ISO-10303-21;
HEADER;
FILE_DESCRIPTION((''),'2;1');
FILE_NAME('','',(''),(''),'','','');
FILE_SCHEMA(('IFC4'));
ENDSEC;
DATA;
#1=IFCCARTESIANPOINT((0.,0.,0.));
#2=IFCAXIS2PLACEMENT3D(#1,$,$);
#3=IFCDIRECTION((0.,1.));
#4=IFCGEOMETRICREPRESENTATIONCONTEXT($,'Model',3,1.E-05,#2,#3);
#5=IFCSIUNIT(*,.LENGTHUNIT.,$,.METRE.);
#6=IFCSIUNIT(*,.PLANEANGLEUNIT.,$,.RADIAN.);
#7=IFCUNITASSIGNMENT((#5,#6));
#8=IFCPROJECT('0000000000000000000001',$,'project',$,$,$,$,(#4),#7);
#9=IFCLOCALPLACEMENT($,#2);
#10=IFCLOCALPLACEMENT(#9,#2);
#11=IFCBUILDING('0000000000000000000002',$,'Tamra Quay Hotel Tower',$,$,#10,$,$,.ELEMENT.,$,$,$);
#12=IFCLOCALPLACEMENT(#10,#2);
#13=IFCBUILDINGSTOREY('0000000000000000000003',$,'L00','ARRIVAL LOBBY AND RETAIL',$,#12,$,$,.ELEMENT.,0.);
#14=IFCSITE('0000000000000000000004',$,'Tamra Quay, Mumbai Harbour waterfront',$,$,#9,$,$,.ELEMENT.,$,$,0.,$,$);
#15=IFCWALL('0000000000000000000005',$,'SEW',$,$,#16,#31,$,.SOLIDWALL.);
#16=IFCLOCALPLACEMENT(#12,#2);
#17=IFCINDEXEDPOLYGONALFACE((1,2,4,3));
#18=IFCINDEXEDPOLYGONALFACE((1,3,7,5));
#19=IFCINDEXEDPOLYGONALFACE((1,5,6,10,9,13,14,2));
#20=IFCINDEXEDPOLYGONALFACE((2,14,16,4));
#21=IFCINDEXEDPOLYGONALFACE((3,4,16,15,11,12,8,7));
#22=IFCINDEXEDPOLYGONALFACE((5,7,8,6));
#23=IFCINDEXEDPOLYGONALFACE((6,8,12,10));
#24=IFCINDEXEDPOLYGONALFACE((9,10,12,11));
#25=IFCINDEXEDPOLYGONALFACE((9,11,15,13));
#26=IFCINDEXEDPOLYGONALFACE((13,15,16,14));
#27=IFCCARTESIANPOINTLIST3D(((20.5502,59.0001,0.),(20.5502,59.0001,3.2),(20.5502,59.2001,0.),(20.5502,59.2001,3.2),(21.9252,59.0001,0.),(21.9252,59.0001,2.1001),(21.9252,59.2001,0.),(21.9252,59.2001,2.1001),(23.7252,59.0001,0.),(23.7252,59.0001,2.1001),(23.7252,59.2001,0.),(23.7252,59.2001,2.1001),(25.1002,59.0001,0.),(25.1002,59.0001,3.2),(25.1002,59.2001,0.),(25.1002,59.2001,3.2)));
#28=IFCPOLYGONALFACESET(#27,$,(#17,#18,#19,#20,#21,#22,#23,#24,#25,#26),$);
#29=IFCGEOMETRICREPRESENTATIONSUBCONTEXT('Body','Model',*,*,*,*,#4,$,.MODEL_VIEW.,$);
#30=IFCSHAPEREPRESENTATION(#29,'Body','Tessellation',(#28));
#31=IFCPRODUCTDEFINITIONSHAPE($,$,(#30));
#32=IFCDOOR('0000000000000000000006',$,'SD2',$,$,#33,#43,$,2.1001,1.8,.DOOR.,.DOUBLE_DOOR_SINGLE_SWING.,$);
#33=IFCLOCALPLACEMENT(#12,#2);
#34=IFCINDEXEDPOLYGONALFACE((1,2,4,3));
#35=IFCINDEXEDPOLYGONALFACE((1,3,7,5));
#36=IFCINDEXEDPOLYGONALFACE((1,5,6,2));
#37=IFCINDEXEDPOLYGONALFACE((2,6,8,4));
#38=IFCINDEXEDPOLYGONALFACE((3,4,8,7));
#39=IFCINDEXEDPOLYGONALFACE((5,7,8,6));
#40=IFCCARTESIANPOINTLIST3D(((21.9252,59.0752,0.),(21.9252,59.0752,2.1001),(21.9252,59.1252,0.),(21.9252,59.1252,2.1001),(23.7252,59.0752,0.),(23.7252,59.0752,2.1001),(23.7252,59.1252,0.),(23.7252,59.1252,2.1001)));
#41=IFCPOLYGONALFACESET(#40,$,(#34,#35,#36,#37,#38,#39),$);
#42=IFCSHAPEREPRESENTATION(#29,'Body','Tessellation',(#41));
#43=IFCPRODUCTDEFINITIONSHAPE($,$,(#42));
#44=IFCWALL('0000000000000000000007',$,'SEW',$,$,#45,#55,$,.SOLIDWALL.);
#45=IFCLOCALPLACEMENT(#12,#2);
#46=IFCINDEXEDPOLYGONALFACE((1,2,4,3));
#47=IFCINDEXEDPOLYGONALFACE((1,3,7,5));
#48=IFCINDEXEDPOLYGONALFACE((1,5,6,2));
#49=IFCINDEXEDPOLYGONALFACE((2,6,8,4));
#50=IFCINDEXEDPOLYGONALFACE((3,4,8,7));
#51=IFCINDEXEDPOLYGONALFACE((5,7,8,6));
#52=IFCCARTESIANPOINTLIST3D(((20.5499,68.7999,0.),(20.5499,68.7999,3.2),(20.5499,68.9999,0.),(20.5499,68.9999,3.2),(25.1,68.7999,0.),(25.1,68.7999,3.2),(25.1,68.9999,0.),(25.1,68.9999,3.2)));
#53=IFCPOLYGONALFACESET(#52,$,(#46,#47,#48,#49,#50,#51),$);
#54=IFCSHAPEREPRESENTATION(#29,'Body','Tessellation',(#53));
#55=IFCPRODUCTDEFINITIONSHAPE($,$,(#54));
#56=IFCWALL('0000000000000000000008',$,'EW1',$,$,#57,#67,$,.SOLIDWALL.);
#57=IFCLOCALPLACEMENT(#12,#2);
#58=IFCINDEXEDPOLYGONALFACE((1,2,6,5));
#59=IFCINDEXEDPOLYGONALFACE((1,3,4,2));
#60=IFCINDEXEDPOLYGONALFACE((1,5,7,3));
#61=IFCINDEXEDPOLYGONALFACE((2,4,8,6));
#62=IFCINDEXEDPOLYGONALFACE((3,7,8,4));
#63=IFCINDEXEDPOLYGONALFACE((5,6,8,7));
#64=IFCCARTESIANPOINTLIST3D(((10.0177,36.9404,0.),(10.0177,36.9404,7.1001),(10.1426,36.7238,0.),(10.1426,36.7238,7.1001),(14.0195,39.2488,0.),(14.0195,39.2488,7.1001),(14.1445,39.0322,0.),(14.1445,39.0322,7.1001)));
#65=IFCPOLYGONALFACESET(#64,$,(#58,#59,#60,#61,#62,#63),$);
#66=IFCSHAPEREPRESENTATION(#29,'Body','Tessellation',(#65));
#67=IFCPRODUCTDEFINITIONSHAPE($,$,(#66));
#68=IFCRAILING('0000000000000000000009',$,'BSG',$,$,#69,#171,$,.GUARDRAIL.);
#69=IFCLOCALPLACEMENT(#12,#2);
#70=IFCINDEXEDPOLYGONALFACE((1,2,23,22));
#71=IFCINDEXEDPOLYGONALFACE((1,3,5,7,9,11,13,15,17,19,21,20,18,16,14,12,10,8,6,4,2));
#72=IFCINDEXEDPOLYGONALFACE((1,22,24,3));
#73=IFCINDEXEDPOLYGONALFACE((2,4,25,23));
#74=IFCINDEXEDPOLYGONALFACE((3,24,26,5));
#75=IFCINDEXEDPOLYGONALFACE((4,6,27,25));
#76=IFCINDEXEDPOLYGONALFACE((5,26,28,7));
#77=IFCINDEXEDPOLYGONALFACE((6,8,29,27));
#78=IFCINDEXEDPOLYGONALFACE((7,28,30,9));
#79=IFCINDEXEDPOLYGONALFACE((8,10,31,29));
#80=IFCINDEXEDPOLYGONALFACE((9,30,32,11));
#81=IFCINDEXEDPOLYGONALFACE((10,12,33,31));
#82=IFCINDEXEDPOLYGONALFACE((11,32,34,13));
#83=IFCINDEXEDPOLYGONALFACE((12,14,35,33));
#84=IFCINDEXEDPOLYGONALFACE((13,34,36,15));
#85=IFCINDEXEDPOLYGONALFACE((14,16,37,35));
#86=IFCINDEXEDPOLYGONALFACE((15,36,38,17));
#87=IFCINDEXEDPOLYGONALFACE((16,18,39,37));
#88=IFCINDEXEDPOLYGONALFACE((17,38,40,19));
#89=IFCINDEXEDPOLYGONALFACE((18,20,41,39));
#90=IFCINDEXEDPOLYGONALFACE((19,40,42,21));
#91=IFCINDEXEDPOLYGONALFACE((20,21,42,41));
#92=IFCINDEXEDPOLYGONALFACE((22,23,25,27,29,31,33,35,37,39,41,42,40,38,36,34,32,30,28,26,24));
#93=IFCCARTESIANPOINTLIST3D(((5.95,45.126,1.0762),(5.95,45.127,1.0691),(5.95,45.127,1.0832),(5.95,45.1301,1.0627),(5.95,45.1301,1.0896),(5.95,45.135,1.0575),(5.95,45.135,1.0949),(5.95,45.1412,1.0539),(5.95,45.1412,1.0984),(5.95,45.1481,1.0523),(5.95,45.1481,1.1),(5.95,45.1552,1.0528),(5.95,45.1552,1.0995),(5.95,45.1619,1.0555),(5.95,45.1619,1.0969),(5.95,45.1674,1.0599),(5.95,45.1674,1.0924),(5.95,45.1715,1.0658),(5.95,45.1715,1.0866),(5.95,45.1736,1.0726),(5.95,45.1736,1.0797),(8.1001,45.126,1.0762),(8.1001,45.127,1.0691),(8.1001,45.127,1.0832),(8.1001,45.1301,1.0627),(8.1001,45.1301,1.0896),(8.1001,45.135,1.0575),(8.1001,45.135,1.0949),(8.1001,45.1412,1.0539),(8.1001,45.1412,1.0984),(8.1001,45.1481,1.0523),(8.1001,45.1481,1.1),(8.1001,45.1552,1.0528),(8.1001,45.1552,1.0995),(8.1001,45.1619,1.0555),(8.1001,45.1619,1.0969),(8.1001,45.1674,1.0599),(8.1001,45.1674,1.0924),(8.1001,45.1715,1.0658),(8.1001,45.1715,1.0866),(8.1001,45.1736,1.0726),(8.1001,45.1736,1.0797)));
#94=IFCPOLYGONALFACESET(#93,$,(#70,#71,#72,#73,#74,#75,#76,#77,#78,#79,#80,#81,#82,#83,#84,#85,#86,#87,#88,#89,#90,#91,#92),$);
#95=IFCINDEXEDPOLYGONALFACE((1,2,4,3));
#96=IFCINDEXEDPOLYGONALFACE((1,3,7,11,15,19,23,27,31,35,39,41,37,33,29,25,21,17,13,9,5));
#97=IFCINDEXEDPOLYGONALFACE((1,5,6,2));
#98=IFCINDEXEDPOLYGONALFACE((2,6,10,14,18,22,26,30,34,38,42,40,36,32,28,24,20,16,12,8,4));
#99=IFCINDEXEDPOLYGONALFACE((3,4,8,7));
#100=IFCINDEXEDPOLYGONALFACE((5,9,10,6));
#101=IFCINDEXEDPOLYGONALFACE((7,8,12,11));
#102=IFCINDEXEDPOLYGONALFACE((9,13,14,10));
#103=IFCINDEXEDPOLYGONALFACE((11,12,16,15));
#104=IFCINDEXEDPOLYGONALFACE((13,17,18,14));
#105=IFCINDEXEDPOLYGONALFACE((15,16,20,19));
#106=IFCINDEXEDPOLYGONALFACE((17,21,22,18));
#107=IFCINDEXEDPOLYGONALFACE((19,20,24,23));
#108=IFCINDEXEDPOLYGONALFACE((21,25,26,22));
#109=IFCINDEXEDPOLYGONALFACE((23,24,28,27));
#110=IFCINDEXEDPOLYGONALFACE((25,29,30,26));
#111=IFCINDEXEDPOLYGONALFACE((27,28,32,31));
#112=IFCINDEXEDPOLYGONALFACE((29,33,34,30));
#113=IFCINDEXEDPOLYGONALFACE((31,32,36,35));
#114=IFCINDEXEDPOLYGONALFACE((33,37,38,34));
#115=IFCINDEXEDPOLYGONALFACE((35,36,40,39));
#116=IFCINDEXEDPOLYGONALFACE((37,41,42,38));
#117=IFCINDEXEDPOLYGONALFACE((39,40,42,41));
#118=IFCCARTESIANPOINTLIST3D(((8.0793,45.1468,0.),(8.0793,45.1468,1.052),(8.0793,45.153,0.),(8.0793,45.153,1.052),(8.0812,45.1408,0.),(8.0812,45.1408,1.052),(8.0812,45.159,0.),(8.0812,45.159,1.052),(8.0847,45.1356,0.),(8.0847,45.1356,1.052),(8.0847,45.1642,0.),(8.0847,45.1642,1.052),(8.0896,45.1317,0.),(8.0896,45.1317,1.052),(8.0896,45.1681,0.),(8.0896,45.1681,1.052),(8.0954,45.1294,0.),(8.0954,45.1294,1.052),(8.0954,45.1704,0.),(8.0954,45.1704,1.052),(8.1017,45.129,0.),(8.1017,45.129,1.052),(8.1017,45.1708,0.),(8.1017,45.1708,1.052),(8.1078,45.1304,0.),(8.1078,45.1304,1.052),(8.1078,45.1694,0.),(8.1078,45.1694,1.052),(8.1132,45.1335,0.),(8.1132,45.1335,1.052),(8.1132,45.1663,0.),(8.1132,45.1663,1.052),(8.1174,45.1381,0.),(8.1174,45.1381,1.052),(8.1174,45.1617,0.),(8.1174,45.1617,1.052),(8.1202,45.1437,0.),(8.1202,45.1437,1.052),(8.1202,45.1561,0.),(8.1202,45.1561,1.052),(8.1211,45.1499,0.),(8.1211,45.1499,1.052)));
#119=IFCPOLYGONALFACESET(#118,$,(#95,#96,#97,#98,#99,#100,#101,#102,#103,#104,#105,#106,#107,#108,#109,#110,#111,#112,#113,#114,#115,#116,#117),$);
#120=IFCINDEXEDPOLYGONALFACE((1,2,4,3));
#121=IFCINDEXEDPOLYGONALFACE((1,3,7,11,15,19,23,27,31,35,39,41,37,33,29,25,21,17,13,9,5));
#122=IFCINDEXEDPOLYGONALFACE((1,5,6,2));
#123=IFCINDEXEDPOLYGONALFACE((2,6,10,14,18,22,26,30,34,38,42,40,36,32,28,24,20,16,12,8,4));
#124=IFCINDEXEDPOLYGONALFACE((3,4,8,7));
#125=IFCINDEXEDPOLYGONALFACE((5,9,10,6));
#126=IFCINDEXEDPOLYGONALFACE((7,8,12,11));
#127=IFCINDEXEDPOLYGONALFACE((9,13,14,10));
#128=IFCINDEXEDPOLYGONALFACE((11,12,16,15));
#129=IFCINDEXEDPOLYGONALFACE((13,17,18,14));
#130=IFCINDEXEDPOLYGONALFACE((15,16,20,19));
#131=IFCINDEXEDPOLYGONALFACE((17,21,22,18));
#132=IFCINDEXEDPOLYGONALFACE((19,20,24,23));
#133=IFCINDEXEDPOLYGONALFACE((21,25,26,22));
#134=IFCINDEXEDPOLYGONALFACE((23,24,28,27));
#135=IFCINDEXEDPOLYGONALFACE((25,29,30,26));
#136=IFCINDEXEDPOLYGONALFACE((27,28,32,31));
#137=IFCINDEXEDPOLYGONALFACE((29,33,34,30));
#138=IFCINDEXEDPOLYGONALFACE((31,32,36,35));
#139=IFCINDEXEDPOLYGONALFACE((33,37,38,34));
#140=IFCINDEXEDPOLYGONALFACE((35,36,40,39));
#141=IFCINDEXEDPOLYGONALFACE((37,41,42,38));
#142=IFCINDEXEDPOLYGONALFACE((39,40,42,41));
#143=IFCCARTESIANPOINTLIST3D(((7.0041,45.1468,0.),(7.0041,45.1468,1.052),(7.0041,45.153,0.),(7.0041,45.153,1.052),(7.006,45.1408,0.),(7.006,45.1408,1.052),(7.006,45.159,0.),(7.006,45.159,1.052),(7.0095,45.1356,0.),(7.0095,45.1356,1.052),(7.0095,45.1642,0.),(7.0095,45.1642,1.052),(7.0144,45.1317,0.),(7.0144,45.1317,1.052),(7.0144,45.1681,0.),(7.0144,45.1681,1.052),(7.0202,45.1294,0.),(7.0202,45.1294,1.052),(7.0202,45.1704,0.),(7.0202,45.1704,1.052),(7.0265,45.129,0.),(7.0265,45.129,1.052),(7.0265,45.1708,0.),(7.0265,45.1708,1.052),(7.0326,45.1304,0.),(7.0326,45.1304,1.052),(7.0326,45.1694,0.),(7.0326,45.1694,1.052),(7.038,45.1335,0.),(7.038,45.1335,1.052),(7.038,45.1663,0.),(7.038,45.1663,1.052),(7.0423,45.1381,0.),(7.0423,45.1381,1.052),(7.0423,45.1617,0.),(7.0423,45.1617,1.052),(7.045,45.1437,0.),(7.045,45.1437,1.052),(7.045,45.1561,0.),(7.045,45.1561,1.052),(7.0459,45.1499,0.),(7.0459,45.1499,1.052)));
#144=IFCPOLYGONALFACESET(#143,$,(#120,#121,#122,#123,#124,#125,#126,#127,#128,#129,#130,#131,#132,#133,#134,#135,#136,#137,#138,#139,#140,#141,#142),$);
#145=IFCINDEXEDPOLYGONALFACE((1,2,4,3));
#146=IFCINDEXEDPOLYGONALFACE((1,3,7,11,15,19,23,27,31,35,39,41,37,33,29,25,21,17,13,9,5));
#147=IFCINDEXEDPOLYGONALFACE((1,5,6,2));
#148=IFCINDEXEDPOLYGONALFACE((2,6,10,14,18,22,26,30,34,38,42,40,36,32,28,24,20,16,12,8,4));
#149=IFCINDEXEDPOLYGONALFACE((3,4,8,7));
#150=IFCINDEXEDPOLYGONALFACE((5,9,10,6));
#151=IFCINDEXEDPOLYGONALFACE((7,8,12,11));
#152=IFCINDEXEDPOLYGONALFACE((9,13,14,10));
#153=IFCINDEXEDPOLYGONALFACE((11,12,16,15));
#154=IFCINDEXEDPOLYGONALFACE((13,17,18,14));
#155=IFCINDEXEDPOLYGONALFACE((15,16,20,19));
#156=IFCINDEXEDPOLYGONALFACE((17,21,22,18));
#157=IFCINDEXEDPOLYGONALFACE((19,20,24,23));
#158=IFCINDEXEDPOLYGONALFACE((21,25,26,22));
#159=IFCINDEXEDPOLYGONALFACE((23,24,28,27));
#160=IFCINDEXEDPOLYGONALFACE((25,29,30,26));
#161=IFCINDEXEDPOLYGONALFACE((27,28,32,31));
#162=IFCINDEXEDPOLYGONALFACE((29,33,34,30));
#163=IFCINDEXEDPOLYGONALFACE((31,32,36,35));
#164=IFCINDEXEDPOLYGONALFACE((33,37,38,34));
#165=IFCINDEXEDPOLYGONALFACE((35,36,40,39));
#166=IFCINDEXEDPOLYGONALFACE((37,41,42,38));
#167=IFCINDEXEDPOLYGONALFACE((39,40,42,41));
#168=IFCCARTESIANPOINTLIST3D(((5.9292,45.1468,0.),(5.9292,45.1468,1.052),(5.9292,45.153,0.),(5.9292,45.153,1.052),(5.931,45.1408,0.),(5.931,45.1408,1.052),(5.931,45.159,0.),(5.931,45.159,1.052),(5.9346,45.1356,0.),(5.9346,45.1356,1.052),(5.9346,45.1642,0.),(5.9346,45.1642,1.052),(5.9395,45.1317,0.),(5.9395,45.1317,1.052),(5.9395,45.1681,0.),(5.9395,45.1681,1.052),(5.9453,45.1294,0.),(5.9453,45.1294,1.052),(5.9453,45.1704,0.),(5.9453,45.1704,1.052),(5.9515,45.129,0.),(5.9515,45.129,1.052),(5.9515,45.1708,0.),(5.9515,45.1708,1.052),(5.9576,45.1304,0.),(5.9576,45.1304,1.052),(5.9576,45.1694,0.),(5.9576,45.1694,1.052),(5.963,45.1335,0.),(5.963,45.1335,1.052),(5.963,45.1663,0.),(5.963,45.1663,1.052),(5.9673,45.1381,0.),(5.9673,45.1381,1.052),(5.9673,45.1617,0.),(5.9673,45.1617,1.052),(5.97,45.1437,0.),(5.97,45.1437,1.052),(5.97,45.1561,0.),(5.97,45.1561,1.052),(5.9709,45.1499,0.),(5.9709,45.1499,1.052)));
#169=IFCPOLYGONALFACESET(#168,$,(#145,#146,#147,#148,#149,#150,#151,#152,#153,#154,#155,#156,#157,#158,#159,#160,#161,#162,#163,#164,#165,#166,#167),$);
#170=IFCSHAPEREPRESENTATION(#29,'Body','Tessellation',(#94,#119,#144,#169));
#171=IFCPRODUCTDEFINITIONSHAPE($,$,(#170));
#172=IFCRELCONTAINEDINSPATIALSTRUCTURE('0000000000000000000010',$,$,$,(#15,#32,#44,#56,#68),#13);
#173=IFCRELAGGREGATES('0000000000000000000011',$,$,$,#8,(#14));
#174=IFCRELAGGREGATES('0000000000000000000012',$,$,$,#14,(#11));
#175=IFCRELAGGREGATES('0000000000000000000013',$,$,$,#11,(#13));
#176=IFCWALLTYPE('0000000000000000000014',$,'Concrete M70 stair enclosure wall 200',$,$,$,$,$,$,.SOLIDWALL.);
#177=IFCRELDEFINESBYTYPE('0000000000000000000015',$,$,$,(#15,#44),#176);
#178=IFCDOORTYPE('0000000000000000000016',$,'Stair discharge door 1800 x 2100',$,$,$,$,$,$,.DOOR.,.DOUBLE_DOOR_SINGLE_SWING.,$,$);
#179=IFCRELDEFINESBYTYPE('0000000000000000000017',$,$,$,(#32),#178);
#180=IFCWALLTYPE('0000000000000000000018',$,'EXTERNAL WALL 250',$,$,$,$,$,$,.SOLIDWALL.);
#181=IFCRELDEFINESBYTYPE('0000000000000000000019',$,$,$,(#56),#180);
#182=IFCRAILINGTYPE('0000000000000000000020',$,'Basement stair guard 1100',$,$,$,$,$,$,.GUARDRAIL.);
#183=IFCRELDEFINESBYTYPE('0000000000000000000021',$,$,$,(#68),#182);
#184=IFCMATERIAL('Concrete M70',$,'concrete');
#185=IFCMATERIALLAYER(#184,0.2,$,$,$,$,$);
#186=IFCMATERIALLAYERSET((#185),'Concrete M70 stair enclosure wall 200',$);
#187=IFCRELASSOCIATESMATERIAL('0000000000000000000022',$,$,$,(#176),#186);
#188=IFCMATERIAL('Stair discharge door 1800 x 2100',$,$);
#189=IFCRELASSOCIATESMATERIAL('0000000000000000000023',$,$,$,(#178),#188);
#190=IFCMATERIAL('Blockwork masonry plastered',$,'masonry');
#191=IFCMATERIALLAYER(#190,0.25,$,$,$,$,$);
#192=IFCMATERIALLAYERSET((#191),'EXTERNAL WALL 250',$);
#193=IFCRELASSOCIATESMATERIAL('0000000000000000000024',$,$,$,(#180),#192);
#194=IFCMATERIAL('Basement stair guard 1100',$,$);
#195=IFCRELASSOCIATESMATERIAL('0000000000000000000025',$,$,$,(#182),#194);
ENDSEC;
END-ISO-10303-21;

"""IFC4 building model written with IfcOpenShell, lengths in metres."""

from ifc_helpers import new_model, si_unit, direction, frame, frame_2d, origin, origin_2d, place, context, subcontext, project, spatial, rectangle, circle, extrude, material, layer, layer_set, type_object, element, fill, save


model = new_model("IFC4")

# Units and contexts
model_context = context("Model", 3, precision=1e-05, world=origin(), true_north=direction((0.0, 1.0)))
body_context = subcontext(model_context, "Body", "Model", "MODEL_VIEW")
ifc_project = project(units=[si_unit("LENGTHUNIT", "METRE"), si_unit("PLANEANGLEUNIT", "RADIAN")], contexts=[model_context])

# Site, building, storey
site_placement = place(None, origin())
site = spatial("IfcSite", under=ifc_project, at=site_placement, Name="Tamra Quay, Mumbai Harbour waterfront", CompositionType="ELEMENT", RefElevation=0.0)
building_placement = place(site_placement, origin())
building = spatial("IfcBuilding", under=site, at=building_placement, Name="Tamra Quay Hotel Tower", CompositionType="ELEMENT")
storey_placement = place(building_placement, origin())
storey = spatial("IfcBuildingStorey", under=building, at=storey_placement, Name="L00", Description="ARRIVAL LOBBY AND RETAIL", CompositionType="ELEMENT", Elevation=0.0)

# Shared definitions
ifc_material_1 = material(Name="Concrete M70", Category="concrete")

# Shared definitions
ifc_layer_1 = layer(ifc_material_1, 0.2)
ifc_layer_set_1 = layer_set([ifc_layer_1], Name="Concrete M70 stair enclosure wall 200")
wall_type_1 = type_object("IfcWallType", Name="Concrete M70 stair enclosure wall 200", PredefinedType="SOLIDWALL", material=ifc_layer_set_1)

# Shared definitions
ifc_material_2 = material(Name="Stair discharge door 1800 x 2100")
door_type = type_object("IfcDoorType", Name="Stair discharge door 1800 x 2100", OperationType="DOUBLE_DOOR_SINGLE_SWING", PredefinedType="DOOR", material=ifc_material_2)

# Wall, opening, door
wall_1_placement = place(storey_placement, frame((25.1001, 59.1001, 0.0), z_axis=(0.0, 0.0, 1.0), x_axis=(-1.0, 0.0, 0.0)))
wall_1 = element("IfcWall", 1, at=wall_1_placement, inside=storey, type_object=wall_type_1, Name="SEW", PredefinedType="SOLIDWALL", context=body_context, shape_type="SweptSolid", body=[
    extrude(rectangle(XDim=4.55, YDim=0.2, at=frame_2d((2.2749, 0.0))), origin(), (0.0, 0.0, 1.0), 3.2),
])
opening_1_placement = place(wall_1_placement, frame((1.375, 0.0, 0.0)))
opening_1 = element("IfcOpeningElement", 2, at=opening_1_placement, cuts=wall_1, PredefinedType="OPENING", context=body_context, shape_type="SweptSolid", body=[
    extrude(rectangle(XDim=1.8, YDim=2.1001, at=frame_2d((0.8999, 1.05))), frame((0.0, 0.1099, 0.0), z_axis=(0.0, -1.0, 0.0), x_axis=(1.0, 0.0, 0.0)), (0.0, 0.0, 1.0), 0.22),
])
door_1_placement = place(opening_1_placement, origin())
door_1 = element("IfcDoor", 3, at=door_1_placement, inside=storey, type_object=door_type, Name="SD2", OperationType="DOUBLE_DOOR_SINGLE_SWING", OverallHeight=2.1001, OverallWidth=1.8, PredefinedType="DOOR", context=body_context, shape_type="SweptSolid", body=[
    extrude(rectangle(XDim=1.8, YDim=2.1001, at=frame_2d((0.8999, 1.05))), frame((0.0, 0.0249, 0.0), z_axis=(0.0, -1.0, 0.0), x_axis=(1.0, 0.0, 0.0)), (0.0, 0.0, 1.0), 0.05),
])
fill(opening_1, door_1)

# Walls
wall_2_placement = place(storey_placement, frame((20.55, 68.8999, 0.0), z_axis=(0.0, 0.0, 1.0), x_axis=(1.0, 0.0, 0.0)))
element("IfcWall", 4, at=wall_2_placement, inside=storey, type_object=wall_type_1, Name="SEW", PredefinedType="SOLIDWALL", context=body_context, shape_type="SweptSolid", body=[
    extrude(rectangle(XDim=4.55, YDim=0.2, at=frame_2d((2.2749, 0.0))), origin(), (0.0, 0.0, 1.0), 3.2),
])
ifc_material_3 = material(Name="Blockwork masonry plastered", Category="masonry")
ifc_layer_2 = layer(ifc_material_3, 0.25)
ifc_layer_set_2 = layer_set([ifc_layer_2], Name="EXTERNAL WALL 250")
wall_type_2 = type_object("IfcWallType", Name="EXTERNAL WALL 250", PredefinedType="SOLIDWALL", material=ifc_layer_set_2)
wall_3_placement = place(storey_placement, frame((10.0801, 36.832, 0.0), z_axis=(0.0, 0.0, 1.0), x_axis=(0.866216, 0.499669, 0.0)))
element("IfcWall", 5, at=wall_3_placement, inside=storey, type_object=wall_type_2, Name="EW1", PredefinedType="SOLIDWALL", context=body_context, shape_type="SweptSolid", body=[
    extrude(rectangle(XDim=4.6199, YDim=0.25, at=frame_2d((2.3101, 0.0))), origin(), (0.0, 0.0, 1.0), 7.1001),
])

# Railing
ifc_material_4 = material(Name="Basement stair guard 1100")
railing_type = type_object("IfcRailingType", Name="Basement stair guard 1100", PredefinedType="GUARDRAIL", material=ifc_material_4)
railing_1_placement = place(storey_placement, frame((8.1001, 45.1499, 0.0)))
element("IfcRailing", 6, at=railing_1_placement, inside=storey, type_object=railing_type, Name="BSG", PredefinedType="GUARDRAIL", context=body_context, shape_type="SweptSolid", body=[
    extrude(circle(Radius=0.0239, at=origin_2d()), frame((0.0, 0.0, 1.0762), z_axis=(-1.0, 0.0, 0.0), x_axis=(0.0, -1.0, 0.0)), (0.0, 0.0, 1.0), 2.1501),
    extrude(circle(Radius=0.021, at=origin_2d()), origin(), (0.0, 0.0, 1.0), 1.052),
    extrude(circle(Radius=0.021, at=origin_2d()), frame((-1.0752, 0.0, 0.0)), (0.0, 0.0, 1.0), 1.052),
    extrude(circle(Radius=0.021, at=origin_2d()), frame((-2.1501, 0.0, 0.0)), (0.0, 0.0, 1.0), 1.052),
])

save(model, "model.ifc")
